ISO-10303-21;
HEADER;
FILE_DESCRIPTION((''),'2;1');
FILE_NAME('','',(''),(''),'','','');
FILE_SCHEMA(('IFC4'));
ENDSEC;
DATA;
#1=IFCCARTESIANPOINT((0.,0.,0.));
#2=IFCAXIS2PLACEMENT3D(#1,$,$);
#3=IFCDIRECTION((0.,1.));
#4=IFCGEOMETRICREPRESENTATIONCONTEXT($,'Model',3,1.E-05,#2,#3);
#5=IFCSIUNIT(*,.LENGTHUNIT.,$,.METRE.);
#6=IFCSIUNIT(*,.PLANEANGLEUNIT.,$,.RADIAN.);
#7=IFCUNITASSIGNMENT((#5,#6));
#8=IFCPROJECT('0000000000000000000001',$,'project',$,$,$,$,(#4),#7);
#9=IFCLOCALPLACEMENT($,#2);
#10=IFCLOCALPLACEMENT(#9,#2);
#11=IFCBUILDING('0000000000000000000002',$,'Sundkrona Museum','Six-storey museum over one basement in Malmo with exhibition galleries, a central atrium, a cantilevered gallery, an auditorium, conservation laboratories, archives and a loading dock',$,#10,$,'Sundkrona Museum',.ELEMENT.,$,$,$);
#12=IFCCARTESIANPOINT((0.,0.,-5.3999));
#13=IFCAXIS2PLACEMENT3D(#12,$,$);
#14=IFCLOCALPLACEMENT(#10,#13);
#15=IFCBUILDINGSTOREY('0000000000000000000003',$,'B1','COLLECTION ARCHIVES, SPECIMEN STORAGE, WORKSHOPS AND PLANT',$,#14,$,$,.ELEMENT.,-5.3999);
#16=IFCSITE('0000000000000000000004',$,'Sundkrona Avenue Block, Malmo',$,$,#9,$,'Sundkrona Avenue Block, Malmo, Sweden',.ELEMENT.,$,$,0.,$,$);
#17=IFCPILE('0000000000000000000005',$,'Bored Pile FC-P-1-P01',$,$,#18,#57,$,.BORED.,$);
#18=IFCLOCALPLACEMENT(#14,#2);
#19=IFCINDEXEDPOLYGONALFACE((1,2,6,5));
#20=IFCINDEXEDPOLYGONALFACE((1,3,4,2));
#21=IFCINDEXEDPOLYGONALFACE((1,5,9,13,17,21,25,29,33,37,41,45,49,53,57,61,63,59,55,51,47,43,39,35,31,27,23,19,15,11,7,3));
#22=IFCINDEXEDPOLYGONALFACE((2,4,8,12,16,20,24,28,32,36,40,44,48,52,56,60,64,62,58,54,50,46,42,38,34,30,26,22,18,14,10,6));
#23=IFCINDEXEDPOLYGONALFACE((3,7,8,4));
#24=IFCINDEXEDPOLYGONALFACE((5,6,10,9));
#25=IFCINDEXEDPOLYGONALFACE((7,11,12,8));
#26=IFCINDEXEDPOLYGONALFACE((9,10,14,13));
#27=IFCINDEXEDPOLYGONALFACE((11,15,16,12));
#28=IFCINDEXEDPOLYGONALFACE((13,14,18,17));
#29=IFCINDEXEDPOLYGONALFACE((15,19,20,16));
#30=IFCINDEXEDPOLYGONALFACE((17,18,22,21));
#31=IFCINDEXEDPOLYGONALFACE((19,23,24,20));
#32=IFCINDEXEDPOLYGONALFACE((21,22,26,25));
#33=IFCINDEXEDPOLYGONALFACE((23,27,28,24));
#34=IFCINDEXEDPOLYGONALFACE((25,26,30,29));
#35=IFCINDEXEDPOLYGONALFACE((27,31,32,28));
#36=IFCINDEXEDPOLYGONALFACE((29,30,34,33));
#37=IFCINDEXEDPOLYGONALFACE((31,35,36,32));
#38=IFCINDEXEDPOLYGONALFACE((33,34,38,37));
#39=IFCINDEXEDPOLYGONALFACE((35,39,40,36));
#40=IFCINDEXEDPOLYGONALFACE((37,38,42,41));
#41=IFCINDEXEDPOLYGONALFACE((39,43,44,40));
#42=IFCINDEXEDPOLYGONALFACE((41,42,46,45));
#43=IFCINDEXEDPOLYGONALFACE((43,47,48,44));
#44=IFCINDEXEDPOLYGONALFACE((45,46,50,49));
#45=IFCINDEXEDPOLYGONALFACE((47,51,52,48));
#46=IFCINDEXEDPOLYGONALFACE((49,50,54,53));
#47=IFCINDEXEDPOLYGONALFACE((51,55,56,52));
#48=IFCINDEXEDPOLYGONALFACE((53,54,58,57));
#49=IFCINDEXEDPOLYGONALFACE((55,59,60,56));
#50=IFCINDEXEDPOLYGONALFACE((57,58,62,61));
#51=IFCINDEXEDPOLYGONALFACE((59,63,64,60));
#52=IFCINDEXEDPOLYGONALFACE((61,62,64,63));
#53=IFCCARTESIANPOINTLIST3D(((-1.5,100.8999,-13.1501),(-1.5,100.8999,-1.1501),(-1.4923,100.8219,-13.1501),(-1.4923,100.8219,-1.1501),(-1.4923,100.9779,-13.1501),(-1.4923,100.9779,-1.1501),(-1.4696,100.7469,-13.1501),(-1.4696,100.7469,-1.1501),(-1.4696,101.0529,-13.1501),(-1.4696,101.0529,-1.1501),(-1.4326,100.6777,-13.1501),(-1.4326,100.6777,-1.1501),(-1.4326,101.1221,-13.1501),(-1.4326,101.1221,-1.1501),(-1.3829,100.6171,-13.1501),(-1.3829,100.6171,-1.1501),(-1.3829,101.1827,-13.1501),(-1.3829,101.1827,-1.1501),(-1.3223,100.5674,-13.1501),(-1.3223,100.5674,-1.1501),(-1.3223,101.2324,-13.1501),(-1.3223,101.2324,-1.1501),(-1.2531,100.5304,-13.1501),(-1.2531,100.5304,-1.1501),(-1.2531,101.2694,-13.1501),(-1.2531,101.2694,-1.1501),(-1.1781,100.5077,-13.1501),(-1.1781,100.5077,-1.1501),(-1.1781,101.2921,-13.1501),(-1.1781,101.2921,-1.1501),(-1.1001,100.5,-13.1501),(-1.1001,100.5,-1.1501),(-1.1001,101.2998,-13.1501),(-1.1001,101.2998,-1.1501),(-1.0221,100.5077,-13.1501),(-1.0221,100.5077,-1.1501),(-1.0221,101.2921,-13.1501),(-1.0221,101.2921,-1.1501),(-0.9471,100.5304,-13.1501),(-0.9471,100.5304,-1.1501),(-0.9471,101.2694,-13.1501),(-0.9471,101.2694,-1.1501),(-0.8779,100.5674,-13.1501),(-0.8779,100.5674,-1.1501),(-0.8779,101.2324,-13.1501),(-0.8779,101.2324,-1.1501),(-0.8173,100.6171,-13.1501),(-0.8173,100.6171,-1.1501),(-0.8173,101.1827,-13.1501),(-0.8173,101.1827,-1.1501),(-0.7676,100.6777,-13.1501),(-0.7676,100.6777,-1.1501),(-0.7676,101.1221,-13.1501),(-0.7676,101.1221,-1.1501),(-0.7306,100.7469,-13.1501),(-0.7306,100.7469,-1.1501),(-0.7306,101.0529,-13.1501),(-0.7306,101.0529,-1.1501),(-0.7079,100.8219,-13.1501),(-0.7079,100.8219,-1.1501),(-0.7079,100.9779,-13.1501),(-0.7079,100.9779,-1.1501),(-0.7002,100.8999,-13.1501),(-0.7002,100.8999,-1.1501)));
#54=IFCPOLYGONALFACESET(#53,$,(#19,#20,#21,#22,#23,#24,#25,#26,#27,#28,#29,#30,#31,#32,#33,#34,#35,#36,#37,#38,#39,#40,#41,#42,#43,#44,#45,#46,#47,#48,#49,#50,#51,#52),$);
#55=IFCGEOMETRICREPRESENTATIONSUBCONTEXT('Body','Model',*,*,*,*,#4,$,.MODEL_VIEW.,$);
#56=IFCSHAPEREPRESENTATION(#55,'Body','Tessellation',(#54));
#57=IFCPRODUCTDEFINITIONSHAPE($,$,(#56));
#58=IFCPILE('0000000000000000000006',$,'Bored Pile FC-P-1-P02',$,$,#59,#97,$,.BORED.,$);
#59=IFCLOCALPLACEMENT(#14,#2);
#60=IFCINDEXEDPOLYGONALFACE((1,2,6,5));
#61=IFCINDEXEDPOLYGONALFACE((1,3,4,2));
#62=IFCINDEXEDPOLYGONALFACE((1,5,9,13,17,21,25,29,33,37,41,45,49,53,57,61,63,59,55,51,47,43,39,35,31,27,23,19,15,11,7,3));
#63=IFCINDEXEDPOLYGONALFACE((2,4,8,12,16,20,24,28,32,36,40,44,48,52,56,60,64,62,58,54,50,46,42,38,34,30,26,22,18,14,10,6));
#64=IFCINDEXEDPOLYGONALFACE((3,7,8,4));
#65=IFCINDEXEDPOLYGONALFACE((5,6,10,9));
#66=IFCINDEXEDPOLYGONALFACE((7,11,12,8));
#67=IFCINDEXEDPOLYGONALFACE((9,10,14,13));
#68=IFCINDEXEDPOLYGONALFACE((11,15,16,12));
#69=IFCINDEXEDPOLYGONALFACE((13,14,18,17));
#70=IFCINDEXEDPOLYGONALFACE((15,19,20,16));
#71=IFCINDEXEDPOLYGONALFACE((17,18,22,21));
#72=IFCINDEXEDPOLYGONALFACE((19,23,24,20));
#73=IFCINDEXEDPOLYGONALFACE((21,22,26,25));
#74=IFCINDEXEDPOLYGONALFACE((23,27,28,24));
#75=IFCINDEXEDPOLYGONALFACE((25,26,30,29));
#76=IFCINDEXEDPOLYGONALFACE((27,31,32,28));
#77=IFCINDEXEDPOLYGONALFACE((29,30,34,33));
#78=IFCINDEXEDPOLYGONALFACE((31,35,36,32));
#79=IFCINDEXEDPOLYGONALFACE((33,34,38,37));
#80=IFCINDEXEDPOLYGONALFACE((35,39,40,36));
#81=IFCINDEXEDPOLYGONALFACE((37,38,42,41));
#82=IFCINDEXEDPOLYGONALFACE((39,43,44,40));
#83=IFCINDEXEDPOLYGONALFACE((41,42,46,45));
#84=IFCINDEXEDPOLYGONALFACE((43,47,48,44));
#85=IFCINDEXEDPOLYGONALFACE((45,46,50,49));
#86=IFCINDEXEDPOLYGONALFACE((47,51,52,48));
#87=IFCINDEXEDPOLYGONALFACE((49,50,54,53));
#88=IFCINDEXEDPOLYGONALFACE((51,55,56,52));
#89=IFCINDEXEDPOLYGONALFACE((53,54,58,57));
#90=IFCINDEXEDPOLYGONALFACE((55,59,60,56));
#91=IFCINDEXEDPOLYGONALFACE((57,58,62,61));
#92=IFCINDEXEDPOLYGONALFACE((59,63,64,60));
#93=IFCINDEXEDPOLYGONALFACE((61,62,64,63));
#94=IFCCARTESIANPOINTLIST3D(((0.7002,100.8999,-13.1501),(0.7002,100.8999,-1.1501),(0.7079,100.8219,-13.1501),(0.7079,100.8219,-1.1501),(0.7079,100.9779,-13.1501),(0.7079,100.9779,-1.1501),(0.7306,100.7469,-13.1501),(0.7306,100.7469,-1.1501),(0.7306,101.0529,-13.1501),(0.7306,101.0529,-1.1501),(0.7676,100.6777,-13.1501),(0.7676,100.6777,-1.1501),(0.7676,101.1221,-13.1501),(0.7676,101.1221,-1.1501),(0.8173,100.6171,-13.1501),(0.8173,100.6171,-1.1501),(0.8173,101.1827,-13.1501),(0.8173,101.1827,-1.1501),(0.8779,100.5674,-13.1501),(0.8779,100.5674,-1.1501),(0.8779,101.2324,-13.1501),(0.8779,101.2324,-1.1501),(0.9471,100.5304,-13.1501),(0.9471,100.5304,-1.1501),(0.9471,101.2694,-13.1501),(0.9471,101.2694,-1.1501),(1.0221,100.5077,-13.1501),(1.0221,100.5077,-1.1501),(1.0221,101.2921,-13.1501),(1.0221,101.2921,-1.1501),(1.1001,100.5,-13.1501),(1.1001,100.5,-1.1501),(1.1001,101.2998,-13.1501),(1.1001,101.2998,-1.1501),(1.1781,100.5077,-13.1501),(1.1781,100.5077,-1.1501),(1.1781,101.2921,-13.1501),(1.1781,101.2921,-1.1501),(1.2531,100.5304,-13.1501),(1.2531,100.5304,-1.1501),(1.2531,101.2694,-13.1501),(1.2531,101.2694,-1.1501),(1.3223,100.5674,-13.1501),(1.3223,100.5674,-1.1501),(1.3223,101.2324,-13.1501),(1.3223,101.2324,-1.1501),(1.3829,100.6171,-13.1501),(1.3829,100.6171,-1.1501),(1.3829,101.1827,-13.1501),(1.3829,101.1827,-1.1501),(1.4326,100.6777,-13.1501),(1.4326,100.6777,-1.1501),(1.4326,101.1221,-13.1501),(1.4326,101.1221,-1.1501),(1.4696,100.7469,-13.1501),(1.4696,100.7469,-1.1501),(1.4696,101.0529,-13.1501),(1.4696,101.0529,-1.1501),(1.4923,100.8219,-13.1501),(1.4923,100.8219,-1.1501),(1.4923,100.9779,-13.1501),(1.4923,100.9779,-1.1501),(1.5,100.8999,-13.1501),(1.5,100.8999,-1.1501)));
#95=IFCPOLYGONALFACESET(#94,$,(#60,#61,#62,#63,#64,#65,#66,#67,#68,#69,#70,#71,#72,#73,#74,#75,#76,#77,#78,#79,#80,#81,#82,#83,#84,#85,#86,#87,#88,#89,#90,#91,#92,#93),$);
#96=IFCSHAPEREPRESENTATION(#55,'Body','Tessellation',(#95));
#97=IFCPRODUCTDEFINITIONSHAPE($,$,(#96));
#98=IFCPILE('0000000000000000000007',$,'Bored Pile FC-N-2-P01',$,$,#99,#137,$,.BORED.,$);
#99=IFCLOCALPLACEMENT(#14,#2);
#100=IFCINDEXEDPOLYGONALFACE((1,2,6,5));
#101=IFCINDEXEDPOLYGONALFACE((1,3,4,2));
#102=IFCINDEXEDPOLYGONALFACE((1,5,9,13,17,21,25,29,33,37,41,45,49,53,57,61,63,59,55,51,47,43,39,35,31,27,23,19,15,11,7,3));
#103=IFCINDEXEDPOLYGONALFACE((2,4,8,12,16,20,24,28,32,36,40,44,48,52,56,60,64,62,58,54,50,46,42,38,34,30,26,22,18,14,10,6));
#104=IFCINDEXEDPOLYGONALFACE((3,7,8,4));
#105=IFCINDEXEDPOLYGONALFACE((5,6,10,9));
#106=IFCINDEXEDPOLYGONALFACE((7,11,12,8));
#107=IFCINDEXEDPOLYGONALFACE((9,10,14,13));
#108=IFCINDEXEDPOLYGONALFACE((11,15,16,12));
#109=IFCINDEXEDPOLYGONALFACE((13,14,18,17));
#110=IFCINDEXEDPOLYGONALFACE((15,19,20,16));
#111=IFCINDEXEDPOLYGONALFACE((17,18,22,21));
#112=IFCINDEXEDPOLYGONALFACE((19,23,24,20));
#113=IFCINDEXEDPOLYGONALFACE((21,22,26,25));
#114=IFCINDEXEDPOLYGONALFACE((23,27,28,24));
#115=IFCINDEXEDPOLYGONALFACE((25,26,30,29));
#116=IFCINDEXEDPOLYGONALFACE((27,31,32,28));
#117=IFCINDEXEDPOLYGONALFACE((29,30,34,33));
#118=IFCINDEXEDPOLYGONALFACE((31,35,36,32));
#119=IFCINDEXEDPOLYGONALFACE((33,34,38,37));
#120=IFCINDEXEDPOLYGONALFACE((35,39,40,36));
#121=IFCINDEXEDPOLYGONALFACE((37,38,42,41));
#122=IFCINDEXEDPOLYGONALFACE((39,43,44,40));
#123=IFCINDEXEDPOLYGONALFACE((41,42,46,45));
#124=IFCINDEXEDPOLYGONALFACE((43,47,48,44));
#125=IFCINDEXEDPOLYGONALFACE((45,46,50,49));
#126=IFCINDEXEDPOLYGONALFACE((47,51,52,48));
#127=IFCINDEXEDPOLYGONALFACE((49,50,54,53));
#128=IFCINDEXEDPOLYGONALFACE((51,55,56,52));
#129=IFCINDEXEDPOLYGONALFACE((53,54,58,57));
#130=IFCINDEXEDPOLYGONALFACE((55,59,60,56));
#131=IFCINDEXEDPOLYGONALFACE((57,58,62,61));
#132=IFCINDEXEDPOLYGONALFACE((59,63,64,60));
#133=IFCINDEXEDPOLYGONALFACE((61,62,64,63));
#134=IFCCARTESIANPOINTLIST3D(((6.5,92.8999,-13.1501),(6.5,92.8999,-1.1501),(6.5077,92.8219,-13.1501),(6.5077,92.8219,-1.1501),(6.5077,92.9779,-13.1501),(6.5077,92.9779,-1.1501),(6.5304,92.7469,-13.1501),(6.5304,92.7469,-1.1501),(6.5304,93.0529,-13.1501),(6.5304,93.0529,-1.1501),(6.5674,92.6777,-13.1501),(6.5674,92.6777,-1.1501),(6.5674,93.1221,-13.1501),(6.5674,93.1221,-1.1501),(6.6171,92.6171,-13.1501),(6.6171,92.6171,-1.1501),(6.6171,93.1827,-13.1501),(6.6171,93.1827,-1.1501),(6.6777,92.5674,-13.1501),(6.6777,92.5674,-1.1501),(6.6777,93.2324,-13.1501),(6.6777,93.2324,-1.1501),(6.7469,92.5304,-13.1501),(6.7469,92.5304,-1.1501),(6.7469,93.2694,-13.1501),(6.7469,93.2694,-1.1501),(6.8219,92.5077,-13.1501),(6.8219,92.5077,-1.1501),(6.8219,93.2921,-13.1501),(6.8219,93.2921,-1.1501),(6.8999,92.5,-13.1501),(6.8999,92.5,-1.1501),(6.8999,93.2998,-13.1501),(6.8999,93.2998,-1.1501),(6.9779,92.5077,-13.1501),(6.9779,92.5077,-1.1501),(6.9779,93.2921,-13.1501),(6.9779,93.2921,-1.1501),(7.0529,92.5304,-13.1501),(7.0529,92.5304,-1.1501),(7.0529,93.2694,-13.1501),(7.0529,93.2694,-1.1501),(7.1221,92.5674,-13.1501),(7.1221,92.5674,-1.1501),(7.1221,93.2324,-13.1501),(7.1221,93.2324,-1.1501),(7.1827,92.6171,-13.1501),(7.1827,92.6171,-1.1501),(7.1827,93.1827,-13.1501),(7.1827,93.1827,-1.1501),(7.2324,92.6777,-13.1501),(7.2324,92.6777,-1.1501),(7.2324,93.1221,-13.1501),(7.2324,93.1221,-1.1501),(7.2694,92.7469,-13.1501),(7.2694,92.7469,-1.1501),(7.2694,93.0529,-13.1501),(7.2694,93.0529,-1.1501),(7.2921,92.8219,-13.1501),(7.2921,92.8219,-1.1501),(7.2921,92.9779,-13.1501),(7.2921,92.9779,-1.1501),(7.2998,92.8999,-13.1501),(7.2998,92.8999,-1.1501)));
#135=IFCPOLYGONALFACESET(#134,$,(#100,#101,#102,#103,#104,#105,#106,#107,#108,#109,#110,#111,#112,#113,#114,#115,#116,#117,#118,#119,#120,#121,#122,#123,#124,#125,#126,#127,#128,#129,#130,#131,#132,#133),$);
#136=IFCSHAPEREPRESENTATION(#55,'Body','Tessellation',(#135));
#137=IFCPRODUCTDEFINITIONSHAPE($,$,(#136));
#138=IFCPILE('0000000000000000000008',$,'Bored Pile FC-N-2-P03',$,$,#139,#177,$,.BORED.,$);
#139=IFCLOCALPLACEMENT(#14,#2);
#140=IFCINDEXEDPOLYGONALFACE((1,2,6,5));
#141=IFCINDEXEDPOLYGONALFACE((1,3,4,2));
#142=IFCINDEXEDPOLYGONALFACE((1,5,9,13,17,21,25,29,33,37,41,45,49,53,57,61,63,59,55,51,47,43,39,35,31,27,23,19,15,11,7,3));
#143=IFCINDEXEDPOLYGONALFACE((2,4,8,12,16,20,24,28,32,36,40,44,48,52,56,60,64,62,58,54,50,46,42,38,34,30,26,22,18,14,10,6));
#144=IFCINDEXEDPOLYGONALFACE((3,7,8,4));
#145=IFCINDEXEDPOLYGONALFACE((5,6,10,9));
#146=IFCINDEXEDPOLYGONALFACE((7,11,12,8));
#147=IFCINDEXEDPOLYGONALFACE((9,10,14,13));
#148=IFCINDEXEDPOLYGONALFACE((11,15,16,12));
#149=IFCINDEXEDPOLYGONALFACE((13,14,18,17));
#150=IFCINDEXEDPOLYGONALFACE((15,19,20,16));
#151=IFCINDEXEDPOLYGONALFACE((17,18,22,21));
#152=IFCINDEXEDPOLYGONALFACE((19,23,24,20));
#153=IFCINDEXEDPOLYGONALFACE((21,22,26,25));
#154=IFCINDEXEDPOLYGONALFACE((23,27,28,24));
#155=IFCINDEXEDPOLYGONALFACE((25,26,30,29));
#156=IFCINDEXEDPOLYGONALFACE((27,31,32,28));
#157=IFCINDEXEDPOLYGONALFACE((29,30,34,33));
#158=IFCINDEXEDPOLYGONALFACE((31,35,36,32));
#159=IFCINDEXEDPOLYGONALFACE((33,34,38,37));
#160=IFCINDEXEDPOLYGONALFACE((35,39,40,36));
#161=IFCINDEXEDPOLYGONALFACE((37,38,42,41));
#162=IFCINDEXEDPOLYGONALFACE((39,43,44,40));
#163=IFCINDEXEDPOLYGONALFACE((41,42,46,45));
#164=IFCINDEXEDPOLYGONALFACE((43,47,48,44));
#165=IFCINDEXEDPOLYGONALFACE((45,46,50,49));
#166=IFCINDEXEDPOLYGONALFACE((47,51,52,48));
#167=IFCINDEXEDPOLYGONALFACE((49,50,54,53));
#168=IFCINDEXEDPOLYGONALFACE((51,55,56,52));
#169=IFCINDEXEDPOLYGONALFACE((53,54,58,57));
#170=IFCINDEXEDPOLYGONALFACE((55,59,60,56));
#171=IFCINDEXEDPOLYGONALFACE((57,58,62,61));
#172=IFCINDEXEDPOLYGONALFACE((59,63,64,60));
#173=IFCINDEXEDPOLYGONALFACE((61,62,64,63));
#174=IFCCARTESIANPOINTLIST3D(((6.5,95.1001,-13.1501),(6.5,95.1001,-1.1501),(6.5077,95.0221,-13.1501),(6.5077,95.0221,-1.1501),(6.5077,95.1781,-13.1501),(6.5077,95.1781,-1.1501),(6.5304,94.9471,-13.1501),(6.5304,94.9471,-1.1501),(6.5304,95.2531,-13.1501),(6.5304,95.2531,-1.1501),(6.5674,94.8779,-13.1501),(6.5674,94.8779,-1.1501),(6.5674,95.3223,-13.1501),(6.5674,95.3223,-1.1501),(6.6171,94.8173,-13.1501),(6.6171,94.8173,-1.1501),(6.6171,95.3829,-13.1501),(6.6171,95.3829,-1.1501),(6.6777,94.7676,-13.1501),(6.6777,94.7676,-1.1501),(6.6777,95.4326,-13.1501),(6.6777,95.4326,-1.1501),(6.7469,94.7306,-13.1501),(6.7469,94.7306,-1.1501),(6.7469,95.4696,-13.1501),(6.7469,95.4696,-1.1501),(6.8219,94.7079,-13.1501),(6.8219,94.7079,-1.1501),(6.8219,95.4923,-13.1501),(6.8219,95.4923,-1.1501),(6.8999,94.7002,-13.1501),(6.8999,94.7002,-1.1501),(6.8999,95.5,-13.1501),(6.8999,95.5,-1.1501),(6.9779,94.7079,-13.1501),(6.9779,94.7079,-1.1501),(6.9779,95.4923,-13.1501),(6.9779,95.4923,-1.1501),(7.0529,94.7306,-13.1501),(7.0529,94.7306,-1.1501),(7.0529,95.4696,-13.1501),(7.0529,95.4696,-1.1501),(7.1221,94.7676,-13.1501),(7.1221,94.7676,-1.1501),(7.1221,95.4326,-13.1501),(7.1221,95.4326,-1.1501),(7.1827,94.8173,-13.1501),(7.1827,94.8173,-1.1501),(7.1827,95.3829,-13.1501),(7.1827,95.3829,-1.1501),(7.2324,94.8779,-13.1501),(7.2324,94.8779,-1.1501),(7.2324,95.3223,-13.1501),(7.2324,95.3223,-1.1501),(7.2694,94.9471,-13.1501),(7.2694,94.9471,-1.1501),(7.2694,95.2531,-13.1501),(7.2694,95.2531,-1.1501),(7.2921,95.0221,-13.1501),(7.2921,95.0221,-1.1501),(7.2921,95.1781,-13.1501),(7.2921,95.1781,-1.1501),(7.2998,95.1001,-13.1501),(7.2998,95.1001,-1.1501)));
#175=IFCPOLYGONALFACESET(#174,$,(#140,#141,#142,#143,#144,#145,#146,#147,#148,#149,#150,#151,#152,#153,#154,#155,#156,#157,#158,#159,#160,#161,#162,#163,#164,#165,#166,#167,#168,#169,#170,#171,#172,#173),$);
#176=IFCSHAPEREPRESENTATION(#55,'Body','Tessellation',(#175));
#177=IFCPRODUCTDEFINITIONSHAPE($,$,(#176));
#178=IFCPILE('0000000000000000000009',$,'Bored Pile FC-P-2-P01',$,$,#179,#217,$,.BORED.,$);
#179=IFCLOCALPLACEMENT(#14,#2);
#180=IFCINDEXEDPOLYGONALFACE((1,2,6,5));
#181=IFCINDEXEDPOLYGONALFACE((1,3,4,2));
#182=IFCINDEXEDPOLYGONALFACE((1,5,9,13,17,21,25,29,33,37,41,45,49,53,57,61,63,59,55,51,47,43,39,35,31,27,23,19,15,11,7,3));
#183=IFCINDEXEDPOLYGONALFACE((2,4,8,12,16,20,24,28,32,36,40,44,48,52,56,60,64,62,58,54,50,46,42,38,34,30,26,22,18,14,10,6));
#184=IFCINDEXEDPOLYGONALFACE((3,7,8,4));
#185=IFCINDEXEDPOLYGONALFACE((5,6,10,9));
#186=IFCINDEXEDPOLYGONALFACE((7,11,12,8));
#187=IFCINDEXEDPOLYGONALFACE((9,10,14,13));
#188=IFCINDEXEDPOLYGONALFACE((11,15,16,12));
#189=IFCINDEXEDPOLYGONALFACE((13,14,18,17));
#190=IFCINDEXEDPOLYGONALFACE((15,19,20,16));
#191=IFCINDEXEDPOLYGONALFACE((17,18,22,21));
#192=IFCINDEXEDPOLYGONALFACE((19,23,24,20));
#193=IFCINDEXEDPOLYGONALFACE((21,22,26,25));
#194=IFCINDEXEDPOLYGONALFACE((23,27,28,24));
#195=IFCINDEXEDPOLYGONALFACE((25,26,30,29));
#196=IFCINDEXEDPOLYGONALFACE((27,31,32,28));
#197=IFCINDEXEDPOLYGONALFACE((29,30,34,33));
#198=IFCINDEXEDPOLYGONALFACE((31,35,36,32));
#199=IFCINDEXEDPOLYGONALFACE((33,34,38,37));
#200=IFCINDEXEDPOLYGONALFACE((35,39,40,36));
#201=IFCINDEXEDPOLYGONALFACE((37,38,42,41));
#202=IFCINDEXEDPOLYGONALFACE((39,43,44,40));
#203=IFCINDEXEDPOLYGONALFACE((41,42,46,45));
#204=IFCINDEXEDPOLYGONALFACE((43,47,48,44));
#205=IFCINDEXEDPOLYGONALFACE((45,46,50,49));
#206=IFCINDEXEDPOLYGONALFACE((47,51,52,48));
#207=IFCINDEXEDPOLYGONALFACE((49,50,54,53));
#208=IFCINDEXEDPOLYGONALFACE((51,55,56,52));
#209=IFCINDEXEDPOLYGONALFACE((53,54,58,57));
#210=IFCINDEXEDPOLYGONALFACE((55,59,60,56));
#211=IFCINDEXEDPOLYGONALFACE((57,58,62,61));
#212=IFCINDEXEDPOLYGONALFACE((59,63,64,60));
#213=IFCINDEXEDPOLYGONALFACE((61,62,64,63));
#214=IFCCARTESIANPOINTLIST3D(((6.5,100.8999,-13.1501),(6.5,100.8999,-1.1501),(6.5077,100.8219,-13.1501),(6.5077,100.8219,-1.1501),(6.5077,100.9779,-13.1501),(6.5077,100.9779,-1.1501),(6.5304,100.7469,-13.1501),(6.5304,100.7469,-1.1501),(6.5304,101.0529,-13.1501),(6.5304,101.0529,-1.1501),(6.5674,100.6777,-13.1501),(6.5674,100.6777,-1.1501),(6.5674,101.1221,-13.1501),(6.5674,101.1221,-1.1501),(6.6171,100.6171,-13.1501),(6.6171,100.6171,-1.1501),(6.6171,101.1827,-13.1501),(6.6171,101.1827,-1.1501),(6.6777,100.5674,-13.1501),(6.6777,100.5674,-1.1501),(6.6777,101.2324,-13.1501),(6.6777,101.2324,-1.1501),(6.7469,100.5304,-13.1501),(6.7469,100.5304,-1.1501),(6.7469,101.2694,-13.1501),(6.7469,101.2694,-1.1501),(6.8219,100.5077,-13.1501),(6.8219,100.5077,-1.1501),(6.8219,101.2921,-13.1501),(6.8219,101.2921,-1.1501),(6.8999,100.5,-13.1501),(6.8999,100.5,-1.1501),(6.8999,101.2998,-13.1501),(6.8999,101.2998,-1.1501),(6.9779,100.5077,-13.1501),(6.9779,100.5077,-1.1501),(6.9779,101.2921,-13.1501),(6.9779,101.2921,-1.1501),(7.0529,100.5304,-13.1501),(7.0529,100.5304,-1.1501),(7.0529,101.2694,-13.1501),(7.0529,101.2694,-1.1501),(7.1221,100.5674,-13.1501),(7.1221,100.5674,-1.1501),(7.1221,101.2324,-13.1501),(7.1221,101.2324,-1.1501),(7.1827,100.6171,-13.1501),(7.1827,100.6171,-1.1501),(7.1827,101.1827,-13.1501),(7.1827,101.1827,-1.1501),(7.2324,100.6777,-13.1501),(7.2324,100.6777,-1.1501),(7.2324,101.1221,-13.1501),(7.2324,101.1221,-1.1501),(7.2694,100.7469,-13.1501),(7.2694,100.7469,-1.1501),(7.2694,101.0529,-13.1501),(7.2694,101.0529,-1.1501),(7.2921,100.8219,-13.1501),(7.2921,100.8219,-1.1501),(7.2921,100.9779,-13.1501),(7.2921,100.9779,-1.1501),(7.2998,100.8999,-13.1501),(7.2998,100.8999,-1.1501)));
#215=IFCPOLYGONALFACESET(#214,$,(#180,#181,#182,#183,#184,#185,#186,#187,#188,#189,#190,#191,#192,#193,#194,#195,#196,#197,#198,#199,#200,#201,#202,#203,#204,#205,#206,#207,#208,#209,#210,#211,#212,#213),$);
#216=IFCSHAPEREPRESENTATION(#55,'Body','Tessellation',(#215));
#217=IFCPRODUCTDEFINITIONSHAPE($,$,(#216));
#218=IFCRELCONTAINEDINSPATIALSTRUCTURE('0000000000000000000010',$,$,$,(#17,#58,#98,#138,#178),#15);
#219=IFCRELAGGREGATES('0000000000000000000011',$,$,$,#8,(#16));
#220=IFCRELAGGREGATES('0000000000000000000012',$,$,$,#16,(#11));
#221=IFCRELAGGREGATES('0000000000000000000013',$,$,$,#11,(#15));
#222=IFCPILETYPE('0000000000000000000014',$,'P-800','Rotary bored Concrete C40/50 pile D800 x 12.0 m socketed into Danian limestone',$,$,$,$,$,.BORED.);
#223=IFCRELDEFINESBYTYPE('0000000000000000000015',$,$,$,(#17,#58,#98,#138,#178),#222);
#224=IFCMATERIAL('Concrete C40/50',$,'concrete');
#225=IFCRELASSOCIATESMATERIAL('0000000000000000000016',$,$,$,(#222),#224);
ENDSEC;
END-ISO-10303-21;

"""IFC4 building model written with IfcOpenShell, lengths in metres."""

from ifc_helpers import new_model, si_unit, direction, frame, origin, origin_2d, place, context, subcontext, project, spatial, circle, extrude, material, material_profile, profile_set, type_object, element, save


model = new_model("IFC4")

# Units and contexts
model_context = context("Model", 3, precision=1e-05, world=origin(), true_north=direction((0.0, 1.0)))
body_context = subcontext(model_context, "Body", "Model", "MODEL_VIEW")
ifc_project = project(units=[si_unit("LENGTHUNIT", "METRE"), si_unit("PLANEANGLEUNIT", "RADIAN")], contexts=[model_context])

# Site, building, storey
site_placement = place(None, origin())
site = spatial("IfcSite", under=ifc_project, at=site_placement, Name="Sundkrona Avenue Block, Malmo", LongName="Sundkrona Avenue Block, Malmo, Sweden", CompositionType="ELEMENT", RefElevation=0.0)
building_placement = place(site_placement, origin())
building = spatial("IfcBuilding", under=site, at=building_placement, Name="Sundkrona Museum", Description="Six-storey museum over one basement in Malmo with exhibition galleries, a central atrium, a cantilevered gallery, an auditorium, conservation laboratories, archives and a loading dock", LongName="Sundkrona Museum", CompositionType="ELEMENT")
storey_placement = place(building_placement, frame((0.0, 0.0, -5.3999)))
storey = spatial("IfcBuildingStorey", under=building, at=storey_placement, Name="B1", Description="COLLECTION ARCHIVES, SPECIMEN STORAGE, WORKSHOPS AND PLANT", CompositionType="ELEMENT", Elevation=-5.3999)

# Shared definitions
ifc_material_1 = material(Name="Concrete C40/50", Category="concrete")

# Piles
ifc_material_profile_1 = material_profile(ifc_material_1, circle(Radius=0.3999, at=origin_2d()), Name="PILE D800")
ifc_profile_set_1 = profile_set([ifc_material_profile_1], Name="Concrete C40/50")
pile_type = type_object("IfcPileType", Name="P-800", Description="Rotary bored Concrete C40/50 pile D800 x 12.0 m socketed into Danian limestone", PredefinedType="BORED", material=ifc_profile_set_1)
for number, where, z_axis, x_axis, name in (
    (1, (-1.1001, 100.8999, -1.1501), (0.0, 0.0, -1.0), (1.0, 0.0, 0.0), "Bored Pile FC-P-1-P01"),
    (2, (1.1001, 100.8999, -1.1501), (0.0, 0.0, -1.0), (1.0, 0.0, 0.0), "Bored Pile FC-P-1-P02"),
    (3, (6.8999, 92.8999, -1.1501), (0.0, 0.0, -1.0), (1.0, 0.0, 0.0), "Bored Pile FC-N-2-P01"),
    (4, (6.8999, 95.1001, -1.1501), (0.0, 0.0, -1.0), (1.0, 0.0, 0.0), "Bored Pile FC-N-2-P03"),
    (5, (6.8999, 100.8999, -1.1501), (0.0, 0.0, -1.0), (1.0, 0.0, 0.0), "Bored Pile FC-P-2-P01"),
):
    element("IfcPile", number, at=place(storey_placement, frame(where, z_axis=z_axis, x_axis=x_axis)), inside=storey, type_object=pile_type, Name=name, PredefinedType="BORED", context=body_context, shape_type="SweptSolid", body=[
        extrude(circle(Radius=0.3999, at=origin_2d()), origin(), (0.0, 0.0, 1.0), 12.0),
    ])

save(model, "model.ifc")
